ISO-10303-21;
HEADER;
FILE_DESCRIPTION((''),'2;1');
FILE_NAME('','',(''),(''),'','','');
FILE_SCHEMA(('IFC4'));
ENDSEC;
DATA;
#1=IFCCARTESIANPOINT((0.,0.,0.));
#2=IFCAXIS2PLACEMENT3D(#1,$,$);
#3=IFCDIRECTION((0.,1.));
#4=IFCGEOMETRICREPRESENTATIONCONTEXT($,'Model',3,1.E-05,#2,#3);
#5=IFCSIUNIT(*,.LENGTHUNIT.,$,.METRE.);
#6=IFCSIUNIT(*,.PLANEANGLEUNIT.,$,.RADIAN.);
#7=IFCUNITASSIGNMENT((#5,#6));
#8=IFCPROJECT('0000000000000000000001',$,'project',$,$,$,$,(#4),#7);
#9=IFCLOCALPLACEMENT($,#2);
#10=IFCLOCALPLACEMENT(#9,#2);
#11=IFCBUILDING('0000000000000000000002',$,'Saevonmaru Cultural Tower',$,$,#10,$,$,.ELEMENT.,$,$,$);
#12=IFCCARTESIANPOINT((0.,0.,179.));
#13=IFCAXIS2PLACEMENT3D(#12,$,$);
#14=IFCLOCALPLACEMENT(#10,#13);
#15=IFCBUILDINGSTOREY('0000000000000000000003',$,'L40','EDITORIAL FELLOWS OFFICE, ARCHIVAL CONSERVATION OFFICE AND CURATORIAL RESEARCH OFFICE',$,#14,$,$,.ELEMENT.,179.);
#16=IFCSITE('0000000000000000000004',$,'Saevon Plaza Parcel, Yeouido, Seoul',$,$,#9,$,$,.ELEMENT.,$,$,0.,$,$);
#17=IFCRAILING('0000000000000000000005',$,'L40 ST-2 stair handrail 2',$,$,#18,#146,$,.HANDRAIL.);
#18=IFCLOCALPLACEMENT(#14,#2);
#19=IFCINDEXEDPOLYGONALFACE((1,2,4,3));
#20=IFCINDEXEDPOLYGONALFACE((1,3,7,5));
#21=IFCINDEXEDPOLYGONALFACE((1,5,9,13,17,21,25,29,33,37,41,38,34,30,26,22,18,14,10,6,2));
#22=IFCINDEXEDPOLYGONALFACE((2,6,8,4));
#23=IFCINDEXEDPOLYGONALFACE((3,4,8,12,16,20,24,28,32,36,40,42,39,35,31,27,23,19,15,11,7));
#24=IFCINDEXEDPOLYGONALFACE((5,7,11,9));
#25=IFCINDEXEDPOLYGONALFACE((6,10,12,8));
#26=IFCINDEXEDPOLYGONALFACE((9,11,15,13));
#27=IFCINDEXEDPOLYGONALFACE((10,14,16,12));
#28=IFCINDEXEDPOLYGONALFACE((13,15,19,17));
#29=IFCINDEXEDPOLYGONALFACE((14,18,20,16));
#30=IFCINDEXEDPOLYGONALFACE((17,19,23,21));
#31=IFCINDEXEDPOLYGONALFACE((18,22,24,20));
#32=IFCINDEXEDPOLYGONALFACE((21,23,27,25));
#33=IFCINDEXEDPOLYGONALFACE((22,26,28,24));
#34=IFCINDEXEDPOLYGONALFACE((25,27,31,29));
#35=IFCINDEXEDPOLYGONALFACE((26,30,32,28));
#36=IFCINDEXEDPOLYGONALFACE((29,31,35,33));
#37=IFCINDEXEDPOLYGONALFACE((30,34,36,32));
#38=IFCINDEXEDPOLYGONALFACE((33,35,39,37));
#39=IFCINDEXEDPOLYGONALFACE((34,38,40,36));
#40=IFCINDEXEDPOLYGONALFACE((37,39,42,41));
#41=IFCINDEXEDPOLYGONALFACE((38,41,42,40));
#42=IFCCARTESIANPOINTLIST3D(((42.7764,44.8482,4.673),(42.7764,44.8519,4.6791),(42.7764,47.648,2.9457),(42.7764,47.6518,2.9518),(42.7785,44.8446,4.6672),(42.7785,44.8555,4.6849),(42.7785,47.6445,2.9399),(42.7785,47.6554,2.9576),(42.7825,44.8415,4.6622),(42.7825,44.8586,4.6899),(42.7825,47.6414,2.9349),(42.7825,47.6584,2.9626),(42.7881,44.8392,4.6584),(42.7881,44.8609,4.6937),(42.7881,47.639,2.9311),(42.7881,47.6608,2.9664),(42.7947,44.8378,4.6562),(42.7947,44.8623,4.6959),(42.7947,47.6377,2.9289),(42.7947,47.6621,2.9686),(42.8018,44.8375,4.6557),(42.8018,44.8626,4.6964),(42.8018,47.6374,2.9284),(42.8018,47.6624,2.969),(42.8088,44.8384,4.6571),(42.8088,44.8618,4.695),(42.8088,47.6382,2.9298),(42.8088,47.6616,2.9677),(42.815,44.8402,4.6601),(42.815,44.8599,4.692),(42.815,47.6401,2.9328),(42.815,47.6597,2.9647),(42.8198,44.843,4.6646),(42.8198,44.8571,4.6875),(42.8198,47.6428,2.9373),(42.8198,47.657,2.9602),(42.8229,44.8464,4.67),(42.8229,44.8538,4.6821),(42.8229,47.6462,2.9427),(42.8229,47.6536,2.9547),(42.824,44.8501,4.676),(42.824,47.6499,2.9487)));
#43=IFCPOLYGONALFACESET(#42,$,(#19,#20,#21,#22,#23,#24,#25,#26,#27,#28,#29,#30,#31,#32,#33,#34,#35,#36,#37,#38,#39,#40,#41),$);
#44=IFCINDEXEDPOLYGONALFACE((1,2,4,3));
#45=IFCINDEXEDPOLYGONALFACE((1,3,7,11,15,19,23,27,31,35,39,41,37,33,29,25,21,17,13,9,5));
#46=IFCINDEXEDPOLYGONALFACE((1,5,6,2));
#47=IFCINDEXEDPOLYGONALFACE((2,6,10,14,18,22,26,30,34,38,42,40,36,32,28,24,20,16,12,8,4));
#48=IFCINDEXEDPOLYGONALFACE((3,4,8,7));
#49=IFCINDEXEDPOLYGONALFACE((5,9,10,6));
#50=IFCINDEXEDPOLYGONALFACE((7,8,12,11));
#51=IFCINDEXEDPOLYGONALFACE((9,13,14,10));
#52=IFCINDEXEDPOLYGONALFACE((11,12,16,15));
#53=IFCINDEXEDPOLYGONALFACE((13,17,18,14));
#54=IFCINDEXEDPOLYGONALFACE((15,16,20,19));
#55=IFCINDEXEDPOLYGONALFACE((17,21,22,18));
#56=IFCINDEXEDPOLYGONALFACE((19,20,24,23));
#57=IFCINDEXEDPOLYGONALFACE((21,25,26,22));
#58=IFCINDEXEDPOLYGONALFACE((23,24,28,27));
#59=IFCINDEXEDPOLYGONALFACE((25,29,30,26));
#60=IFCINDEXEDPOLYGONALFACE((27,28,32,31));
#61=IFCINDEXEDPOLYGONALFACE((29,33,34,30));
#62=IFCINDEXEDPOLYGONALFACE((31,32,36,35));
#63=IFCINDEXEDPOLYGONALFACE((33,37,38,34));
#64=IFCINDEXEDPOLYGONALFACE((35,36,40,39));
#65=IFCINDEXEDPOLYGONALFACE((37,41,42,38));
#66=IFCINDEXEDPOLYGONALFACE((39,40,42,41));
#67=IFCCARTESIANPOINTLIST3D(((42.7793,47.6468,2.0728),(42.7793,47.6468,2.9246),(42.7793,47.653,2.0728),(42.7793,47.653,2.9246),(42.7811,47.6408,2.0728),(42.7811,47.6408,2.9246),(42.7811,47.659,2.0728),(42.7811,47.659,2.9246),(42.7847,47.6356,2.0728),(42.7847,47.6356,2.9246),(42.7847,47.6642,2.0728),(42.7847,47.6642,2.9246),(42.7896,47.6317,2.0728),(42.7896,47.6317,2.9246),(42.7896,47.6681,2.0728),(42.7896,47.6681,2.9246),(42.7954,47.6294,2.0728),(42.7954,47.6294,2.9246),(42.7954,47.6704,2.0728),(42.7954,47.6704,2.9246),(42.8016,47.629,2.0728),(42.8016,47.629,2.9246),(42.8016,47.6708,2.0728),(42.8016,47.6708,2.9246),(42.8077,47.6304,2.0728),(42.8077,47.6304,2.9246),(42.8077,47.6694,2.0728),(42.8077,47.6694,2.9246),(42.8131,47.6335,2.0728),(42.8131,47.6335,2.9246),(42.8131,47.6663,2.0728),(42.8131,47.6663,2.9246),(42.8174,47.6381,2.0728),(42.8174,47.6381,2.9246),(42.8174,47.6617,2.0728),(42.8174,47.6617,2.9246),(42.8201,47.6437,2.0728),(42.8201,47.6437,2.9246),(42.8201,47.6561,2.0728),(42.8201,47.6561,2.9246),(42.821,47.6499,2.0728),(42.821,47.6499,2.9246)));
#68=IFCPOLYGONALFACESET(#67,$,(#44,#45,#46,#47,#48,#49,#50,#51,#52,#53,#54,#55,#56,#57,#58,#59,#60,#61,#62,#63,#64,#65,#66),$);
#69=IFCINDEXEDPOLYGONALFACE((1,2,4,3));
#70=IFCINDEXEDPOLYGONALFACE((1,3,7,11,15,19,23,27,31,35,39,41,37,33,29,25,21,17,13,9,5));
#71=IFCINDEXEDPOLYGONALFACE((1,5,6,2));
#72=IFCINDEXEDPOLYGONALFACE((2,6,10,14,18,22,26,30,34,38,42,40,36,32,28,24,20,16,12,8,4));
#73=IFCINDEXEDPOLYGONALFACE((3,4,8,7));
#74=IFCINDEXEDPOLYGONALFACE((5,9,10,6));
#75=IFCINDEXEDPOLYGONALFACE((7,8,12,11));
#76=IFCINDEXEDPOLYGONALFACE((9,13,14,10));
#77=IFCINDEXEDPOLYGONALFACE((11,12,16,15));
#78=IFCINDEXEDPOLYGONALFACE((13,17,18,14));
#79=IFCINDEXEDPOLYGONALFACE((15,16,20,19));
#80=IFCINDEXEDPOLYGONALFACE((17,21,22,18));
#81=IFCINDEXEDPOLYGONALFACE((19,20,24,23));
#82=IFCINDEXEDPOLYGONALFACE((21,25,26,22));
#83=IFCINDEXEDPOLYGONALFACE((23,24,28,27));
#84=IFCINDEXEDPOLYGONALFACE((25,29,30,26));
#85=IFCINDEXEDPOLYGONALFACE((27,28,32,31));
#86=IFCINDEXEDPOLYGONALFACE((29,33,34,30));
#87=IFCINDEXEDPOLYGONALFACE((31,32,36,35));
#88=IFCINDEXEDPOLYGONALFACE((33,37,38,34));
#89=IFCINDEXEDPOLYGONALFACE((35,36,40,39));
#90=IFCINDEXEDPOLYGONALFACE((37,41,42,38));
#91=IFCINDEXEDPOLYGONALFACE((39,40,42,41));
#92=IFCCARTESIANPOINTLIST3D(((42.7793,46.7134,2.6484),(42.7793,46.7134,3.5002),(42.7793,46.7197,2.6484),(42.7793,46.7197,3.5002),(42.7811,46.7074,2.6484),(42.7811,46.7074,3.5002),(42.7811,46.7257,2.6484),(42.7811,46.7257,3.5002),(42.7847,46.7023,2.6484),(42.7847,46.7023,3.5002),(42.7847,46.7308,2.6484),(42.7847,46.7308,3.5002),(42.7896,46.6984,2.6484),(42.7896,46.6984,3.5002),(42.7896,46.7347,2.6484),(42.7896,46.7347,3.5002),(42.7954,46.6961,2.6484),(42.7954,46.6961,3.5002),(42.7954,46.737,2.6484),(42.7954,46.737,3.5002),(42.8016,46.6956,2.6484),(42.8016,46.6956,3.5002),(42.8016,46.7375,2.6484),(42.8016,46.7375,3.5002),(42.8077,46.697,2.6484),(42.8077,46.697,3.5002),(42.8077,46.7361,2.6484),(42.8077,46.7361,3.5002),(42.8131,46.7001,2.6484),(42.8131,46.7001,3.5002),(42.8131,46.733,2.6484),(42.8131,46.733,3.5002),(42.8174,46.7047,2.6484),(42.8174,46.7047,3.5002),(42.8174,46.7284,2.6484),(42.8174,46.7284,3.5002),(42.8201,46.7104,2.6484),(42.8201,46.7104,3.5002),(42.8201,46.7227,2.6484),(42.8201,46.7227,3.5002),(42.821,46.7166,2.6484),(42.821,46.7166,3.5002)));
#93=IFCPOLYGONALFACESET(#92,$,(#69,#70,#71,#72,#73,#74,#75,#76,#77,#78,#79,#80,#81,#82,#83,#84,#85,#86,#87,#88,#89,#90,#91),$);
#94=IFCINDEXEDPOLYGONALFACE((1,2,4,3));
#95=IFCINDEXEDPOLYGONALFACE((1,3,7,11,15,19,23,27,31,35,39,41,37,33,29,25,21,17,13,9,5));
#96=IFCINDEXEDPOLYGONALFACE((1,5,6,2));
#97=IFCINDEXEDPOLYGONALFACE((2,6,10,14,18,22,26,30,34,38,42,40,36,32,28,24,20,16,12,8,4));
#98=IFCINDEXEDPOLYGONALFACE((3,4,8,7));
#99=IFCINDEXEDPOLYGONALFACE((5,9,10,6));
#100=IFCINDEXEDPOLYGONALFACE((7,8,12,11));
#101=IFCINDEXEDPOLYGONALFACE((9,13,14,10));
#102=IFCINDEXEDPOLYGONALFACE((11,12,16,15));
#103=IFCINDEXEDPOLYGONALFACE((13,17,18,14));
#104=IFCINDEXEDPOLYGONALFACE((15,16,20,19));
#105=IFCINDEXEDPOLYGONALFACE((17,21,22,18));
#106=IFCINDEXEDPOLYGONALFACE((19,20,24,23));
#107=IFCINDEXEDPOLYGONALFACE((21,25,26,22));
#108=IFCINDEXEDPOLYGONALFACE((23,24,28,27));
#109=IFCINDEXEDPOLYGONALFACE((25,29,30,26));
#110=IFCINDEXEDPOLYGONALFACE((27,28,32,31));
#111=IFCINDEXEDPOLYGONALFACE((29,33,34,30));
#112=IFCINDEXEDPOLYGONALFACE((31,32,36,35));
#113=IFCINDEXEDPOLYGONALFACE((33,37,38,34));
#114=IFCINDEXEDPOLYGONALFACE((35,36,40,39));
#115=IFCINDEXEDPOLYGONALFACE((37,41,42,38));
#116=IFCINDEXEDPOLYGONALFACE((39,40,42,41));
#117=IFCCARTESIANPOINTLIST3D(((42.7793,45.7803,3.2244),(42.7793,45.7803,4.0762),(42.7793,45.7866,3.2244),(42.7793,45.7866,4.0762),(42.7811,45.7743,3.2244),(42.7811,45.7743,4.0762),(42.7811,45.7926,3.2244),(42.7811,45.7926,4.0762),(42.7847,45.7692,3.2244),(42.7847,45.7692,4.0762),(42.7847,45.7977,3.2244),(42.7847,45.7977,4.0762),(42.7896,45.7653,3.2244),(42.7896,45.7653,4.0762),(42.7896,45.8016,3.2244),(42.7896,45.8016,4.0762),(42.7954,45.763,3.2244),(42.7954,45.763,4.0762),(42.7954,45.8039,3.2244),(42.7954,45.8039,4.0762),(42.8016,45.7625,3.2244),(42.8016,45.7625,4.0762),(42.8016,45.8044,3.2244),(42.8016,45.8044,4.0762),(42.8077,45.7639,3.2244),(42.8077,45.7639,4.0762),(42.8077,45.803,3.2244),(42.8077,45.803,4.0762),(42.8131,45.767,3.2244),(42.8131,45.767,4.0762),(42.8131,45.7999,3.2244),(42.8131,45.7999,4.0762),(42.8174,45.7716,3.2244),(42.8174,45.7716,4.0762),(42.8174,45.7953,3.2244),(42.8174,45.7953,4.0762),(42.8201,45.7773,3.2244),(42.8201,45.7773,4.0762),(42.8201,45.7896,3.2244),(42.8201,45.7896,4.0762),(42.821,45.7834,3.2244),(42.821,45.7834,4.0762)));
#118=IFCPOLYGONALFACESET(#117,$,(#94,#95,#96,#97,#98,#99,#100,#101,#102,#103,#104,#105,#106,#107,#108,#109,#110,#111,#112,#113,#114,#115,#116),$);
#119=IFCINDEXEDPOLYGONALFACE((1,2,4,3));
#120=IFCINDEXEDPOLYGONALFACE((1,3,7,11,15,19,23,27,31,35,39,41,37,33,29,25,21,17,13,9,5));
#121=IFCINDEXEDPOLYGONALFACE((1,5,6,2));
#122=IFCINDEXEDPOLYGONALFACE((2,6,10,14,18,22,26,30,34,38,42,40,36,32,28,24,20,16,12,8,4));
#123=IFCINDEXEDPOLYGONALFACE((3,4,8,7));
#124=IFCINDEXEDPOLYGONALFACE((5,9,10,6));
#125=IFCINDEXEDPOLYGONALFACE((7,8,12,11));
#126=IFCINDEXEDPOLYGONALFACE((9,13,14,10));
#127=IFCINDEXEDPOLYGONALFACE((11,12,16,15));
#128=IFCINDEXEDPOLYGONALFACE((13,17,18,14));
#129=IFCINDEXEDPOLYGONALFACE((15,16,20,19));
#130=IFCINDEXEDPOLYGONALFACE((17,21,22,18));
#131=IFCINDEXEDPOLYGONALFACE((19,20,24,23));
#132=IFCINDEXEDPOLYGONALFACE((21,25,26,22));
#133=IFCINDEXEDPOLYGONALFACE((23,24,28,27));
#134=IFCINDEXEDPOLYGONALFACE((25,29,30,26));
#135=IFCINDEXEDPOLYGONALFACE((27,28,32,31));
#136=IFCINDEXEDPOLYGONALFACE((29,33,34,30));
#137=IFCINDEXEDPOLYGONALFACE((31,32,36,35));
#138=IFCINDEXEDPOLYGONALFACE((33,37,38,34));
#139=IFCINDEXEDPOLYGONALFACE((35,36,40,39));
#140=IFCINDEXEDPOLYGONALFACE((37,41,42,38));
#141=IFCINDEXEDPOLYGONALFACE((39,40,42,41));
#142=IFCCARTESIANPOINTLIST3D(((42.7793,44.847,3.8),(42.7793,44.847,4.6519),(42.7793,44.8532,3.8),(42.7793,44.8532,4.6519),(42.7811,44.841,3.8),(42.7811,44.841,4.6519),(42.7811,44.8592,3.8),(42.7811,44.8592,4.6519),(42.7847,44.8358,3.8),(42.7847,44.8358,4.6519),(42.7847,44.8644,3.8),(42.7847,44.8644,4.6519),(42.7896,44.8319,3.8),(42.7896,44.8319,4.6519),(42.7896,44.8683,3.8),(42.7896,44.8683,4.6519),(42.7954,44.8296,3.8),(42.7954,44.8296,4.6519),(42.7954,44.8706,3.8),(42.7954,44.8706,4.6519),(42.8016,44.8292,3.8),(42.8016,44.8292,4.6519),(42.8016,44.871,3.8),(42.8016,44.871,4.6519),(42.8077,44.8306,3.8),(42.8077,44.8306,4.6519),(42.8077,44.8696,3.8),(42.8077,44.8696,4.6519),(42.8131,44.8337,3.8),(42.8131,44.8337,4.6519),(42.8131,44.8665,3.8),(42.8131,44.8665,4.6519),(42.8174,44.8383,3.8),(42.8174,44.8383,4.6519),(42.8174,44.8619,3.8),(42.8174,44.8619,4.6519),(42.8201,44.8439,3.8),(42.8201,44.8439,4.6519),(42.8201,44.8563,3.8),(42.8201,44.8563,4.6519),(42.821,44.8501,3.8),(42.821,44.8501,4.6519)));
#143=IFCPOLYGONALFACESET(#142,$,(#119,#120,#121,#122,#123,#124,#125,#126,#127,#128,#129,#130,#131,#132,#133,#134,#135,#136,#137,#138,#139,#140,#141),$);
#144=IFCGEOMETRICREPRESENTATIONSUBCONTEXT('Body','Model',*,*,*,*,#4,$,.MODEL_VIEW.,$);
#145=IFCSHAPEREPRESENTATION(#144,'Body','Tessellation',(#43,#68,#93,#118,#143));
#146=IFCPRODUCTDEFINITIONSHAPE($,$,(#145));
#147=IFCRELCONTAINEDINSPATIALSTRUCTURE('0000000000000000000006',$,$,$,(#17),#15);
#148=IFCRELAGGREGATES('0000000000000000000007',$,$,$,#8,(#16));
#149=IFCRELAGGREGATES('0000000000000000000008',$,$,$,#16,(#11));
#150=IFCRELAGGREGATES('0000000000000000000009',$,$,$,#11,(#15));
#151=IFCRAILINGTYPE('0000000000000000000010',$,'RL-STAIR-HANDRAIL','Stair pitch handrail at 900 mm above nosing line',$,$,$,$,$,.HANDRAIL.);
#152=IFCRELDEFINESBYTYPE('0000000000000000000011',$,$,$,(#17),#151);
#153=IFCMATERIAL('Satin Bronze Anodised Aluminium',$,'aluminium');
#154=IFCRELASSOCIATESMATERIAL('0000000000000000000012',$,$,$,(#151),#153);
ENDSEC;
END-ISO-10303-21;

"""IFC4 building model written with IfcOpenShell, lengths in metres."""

from ifc_helpers import new_model, si_unit, direction, frame, origin, origin_2d, place, context, subcontext, project, spatial, circle, extrude, material, type_object, element, save


model = new_model("IFC4")

# Units and contexts
model_context = context("Model", 3, precision=1e-05, world=origin(), true_north=direction((0.0, 1.0)))
body_context = subcontext(model_context, "Body", "Model", "MODEL_VIEW")
ifc_project = project(units=[si_unit("LENGTHUNIT", "METRE"), si_unit("PLANEANGLEUNIT", "RADIAN")], contexts=[model_context])

# Site, building, storey
site_placement = place(None, origin())
site = spatial("IfcSite", under=ifc_project, at=site_placement, Name="Saevon Plaza Parcel, Yeouido, Seoul", CompositionType="ELEMENT", RefElevation=0.0)
building_placement = place(site_placement, origin())
building = spatial("IfcBuilding", under=site, at=building_placement, Name="Saevonmaru Cultural Tower", CompositionType="ELEMENT")
storey_placement = place(building_placement, frame((0.0, 0.0, 179.0)))
storey = spatial("IfcBuildingStorey", under=building, at=storey_placement, Name="L40", Description="EDITORIAL FELLOWS OFFICE, ARCHIVAL CONSERVATION OFFICE AND CURATORIAL RESEARCH OFFICE", CompositionType="ELEMENT", Elevation=179.0)

# Shared definitions
ifc_material_1 = material(Name="Satin Bronze Anodised Aluminium", Category="aluminium")

# Railing
railing_type_1 = type_object("IfcRailingType", Name="RL-STAIR-HANDRAIL", Description="Stair pitch handrail at 900 mm above nosing line", PredefinedType="HANDRAIL", material=ifc_material_1)
railing_1_placement = place(storey_placement, frame((42.8, 47.6499, 2.0728)))
element("IfcRailing", 1, at=railing_1_placement, inside=storey, type_object=railing_type_1, Name="L40 ST-2 stair handrail 2", PredefinedType="HANDRAIL", context=body_context, shape_type="SweptSolid", body=[
    extrude(circle(Radius=0.0239, at=origin_2d()), frame((0.0, 0.0, 0.876), z_axis=(0.0, -0.851069, 0.525054), x_axis=(1.0, 0.0, 0.0)), (0.0, 0.0, 1.0), 3.2898),
    extrude(circle(Radius=0.021, at=origin_2d()), origin(), (0.0, 0.0, 1.0), 0.8518),
    extrude(circle(Radius=0.021, at=origin_2d()), frame((0.0, -0.9333, 0.5757)), (0.0, 0.0, 1.0), 0.8518),
    extrude(circle(Radius=0.021, at=origin_2d()), frame((0.0, -1.8665, 1.1516)), (0.0, 0.0, 1.0), 0.8518),
    extrude(circle(Radius=0.021, at=origin_2d()), frame((0.0, -2.7998, 1.7273)), (0.0, 0.0, 1.0), 0.8518),
])

save(model, "model.ifc")
